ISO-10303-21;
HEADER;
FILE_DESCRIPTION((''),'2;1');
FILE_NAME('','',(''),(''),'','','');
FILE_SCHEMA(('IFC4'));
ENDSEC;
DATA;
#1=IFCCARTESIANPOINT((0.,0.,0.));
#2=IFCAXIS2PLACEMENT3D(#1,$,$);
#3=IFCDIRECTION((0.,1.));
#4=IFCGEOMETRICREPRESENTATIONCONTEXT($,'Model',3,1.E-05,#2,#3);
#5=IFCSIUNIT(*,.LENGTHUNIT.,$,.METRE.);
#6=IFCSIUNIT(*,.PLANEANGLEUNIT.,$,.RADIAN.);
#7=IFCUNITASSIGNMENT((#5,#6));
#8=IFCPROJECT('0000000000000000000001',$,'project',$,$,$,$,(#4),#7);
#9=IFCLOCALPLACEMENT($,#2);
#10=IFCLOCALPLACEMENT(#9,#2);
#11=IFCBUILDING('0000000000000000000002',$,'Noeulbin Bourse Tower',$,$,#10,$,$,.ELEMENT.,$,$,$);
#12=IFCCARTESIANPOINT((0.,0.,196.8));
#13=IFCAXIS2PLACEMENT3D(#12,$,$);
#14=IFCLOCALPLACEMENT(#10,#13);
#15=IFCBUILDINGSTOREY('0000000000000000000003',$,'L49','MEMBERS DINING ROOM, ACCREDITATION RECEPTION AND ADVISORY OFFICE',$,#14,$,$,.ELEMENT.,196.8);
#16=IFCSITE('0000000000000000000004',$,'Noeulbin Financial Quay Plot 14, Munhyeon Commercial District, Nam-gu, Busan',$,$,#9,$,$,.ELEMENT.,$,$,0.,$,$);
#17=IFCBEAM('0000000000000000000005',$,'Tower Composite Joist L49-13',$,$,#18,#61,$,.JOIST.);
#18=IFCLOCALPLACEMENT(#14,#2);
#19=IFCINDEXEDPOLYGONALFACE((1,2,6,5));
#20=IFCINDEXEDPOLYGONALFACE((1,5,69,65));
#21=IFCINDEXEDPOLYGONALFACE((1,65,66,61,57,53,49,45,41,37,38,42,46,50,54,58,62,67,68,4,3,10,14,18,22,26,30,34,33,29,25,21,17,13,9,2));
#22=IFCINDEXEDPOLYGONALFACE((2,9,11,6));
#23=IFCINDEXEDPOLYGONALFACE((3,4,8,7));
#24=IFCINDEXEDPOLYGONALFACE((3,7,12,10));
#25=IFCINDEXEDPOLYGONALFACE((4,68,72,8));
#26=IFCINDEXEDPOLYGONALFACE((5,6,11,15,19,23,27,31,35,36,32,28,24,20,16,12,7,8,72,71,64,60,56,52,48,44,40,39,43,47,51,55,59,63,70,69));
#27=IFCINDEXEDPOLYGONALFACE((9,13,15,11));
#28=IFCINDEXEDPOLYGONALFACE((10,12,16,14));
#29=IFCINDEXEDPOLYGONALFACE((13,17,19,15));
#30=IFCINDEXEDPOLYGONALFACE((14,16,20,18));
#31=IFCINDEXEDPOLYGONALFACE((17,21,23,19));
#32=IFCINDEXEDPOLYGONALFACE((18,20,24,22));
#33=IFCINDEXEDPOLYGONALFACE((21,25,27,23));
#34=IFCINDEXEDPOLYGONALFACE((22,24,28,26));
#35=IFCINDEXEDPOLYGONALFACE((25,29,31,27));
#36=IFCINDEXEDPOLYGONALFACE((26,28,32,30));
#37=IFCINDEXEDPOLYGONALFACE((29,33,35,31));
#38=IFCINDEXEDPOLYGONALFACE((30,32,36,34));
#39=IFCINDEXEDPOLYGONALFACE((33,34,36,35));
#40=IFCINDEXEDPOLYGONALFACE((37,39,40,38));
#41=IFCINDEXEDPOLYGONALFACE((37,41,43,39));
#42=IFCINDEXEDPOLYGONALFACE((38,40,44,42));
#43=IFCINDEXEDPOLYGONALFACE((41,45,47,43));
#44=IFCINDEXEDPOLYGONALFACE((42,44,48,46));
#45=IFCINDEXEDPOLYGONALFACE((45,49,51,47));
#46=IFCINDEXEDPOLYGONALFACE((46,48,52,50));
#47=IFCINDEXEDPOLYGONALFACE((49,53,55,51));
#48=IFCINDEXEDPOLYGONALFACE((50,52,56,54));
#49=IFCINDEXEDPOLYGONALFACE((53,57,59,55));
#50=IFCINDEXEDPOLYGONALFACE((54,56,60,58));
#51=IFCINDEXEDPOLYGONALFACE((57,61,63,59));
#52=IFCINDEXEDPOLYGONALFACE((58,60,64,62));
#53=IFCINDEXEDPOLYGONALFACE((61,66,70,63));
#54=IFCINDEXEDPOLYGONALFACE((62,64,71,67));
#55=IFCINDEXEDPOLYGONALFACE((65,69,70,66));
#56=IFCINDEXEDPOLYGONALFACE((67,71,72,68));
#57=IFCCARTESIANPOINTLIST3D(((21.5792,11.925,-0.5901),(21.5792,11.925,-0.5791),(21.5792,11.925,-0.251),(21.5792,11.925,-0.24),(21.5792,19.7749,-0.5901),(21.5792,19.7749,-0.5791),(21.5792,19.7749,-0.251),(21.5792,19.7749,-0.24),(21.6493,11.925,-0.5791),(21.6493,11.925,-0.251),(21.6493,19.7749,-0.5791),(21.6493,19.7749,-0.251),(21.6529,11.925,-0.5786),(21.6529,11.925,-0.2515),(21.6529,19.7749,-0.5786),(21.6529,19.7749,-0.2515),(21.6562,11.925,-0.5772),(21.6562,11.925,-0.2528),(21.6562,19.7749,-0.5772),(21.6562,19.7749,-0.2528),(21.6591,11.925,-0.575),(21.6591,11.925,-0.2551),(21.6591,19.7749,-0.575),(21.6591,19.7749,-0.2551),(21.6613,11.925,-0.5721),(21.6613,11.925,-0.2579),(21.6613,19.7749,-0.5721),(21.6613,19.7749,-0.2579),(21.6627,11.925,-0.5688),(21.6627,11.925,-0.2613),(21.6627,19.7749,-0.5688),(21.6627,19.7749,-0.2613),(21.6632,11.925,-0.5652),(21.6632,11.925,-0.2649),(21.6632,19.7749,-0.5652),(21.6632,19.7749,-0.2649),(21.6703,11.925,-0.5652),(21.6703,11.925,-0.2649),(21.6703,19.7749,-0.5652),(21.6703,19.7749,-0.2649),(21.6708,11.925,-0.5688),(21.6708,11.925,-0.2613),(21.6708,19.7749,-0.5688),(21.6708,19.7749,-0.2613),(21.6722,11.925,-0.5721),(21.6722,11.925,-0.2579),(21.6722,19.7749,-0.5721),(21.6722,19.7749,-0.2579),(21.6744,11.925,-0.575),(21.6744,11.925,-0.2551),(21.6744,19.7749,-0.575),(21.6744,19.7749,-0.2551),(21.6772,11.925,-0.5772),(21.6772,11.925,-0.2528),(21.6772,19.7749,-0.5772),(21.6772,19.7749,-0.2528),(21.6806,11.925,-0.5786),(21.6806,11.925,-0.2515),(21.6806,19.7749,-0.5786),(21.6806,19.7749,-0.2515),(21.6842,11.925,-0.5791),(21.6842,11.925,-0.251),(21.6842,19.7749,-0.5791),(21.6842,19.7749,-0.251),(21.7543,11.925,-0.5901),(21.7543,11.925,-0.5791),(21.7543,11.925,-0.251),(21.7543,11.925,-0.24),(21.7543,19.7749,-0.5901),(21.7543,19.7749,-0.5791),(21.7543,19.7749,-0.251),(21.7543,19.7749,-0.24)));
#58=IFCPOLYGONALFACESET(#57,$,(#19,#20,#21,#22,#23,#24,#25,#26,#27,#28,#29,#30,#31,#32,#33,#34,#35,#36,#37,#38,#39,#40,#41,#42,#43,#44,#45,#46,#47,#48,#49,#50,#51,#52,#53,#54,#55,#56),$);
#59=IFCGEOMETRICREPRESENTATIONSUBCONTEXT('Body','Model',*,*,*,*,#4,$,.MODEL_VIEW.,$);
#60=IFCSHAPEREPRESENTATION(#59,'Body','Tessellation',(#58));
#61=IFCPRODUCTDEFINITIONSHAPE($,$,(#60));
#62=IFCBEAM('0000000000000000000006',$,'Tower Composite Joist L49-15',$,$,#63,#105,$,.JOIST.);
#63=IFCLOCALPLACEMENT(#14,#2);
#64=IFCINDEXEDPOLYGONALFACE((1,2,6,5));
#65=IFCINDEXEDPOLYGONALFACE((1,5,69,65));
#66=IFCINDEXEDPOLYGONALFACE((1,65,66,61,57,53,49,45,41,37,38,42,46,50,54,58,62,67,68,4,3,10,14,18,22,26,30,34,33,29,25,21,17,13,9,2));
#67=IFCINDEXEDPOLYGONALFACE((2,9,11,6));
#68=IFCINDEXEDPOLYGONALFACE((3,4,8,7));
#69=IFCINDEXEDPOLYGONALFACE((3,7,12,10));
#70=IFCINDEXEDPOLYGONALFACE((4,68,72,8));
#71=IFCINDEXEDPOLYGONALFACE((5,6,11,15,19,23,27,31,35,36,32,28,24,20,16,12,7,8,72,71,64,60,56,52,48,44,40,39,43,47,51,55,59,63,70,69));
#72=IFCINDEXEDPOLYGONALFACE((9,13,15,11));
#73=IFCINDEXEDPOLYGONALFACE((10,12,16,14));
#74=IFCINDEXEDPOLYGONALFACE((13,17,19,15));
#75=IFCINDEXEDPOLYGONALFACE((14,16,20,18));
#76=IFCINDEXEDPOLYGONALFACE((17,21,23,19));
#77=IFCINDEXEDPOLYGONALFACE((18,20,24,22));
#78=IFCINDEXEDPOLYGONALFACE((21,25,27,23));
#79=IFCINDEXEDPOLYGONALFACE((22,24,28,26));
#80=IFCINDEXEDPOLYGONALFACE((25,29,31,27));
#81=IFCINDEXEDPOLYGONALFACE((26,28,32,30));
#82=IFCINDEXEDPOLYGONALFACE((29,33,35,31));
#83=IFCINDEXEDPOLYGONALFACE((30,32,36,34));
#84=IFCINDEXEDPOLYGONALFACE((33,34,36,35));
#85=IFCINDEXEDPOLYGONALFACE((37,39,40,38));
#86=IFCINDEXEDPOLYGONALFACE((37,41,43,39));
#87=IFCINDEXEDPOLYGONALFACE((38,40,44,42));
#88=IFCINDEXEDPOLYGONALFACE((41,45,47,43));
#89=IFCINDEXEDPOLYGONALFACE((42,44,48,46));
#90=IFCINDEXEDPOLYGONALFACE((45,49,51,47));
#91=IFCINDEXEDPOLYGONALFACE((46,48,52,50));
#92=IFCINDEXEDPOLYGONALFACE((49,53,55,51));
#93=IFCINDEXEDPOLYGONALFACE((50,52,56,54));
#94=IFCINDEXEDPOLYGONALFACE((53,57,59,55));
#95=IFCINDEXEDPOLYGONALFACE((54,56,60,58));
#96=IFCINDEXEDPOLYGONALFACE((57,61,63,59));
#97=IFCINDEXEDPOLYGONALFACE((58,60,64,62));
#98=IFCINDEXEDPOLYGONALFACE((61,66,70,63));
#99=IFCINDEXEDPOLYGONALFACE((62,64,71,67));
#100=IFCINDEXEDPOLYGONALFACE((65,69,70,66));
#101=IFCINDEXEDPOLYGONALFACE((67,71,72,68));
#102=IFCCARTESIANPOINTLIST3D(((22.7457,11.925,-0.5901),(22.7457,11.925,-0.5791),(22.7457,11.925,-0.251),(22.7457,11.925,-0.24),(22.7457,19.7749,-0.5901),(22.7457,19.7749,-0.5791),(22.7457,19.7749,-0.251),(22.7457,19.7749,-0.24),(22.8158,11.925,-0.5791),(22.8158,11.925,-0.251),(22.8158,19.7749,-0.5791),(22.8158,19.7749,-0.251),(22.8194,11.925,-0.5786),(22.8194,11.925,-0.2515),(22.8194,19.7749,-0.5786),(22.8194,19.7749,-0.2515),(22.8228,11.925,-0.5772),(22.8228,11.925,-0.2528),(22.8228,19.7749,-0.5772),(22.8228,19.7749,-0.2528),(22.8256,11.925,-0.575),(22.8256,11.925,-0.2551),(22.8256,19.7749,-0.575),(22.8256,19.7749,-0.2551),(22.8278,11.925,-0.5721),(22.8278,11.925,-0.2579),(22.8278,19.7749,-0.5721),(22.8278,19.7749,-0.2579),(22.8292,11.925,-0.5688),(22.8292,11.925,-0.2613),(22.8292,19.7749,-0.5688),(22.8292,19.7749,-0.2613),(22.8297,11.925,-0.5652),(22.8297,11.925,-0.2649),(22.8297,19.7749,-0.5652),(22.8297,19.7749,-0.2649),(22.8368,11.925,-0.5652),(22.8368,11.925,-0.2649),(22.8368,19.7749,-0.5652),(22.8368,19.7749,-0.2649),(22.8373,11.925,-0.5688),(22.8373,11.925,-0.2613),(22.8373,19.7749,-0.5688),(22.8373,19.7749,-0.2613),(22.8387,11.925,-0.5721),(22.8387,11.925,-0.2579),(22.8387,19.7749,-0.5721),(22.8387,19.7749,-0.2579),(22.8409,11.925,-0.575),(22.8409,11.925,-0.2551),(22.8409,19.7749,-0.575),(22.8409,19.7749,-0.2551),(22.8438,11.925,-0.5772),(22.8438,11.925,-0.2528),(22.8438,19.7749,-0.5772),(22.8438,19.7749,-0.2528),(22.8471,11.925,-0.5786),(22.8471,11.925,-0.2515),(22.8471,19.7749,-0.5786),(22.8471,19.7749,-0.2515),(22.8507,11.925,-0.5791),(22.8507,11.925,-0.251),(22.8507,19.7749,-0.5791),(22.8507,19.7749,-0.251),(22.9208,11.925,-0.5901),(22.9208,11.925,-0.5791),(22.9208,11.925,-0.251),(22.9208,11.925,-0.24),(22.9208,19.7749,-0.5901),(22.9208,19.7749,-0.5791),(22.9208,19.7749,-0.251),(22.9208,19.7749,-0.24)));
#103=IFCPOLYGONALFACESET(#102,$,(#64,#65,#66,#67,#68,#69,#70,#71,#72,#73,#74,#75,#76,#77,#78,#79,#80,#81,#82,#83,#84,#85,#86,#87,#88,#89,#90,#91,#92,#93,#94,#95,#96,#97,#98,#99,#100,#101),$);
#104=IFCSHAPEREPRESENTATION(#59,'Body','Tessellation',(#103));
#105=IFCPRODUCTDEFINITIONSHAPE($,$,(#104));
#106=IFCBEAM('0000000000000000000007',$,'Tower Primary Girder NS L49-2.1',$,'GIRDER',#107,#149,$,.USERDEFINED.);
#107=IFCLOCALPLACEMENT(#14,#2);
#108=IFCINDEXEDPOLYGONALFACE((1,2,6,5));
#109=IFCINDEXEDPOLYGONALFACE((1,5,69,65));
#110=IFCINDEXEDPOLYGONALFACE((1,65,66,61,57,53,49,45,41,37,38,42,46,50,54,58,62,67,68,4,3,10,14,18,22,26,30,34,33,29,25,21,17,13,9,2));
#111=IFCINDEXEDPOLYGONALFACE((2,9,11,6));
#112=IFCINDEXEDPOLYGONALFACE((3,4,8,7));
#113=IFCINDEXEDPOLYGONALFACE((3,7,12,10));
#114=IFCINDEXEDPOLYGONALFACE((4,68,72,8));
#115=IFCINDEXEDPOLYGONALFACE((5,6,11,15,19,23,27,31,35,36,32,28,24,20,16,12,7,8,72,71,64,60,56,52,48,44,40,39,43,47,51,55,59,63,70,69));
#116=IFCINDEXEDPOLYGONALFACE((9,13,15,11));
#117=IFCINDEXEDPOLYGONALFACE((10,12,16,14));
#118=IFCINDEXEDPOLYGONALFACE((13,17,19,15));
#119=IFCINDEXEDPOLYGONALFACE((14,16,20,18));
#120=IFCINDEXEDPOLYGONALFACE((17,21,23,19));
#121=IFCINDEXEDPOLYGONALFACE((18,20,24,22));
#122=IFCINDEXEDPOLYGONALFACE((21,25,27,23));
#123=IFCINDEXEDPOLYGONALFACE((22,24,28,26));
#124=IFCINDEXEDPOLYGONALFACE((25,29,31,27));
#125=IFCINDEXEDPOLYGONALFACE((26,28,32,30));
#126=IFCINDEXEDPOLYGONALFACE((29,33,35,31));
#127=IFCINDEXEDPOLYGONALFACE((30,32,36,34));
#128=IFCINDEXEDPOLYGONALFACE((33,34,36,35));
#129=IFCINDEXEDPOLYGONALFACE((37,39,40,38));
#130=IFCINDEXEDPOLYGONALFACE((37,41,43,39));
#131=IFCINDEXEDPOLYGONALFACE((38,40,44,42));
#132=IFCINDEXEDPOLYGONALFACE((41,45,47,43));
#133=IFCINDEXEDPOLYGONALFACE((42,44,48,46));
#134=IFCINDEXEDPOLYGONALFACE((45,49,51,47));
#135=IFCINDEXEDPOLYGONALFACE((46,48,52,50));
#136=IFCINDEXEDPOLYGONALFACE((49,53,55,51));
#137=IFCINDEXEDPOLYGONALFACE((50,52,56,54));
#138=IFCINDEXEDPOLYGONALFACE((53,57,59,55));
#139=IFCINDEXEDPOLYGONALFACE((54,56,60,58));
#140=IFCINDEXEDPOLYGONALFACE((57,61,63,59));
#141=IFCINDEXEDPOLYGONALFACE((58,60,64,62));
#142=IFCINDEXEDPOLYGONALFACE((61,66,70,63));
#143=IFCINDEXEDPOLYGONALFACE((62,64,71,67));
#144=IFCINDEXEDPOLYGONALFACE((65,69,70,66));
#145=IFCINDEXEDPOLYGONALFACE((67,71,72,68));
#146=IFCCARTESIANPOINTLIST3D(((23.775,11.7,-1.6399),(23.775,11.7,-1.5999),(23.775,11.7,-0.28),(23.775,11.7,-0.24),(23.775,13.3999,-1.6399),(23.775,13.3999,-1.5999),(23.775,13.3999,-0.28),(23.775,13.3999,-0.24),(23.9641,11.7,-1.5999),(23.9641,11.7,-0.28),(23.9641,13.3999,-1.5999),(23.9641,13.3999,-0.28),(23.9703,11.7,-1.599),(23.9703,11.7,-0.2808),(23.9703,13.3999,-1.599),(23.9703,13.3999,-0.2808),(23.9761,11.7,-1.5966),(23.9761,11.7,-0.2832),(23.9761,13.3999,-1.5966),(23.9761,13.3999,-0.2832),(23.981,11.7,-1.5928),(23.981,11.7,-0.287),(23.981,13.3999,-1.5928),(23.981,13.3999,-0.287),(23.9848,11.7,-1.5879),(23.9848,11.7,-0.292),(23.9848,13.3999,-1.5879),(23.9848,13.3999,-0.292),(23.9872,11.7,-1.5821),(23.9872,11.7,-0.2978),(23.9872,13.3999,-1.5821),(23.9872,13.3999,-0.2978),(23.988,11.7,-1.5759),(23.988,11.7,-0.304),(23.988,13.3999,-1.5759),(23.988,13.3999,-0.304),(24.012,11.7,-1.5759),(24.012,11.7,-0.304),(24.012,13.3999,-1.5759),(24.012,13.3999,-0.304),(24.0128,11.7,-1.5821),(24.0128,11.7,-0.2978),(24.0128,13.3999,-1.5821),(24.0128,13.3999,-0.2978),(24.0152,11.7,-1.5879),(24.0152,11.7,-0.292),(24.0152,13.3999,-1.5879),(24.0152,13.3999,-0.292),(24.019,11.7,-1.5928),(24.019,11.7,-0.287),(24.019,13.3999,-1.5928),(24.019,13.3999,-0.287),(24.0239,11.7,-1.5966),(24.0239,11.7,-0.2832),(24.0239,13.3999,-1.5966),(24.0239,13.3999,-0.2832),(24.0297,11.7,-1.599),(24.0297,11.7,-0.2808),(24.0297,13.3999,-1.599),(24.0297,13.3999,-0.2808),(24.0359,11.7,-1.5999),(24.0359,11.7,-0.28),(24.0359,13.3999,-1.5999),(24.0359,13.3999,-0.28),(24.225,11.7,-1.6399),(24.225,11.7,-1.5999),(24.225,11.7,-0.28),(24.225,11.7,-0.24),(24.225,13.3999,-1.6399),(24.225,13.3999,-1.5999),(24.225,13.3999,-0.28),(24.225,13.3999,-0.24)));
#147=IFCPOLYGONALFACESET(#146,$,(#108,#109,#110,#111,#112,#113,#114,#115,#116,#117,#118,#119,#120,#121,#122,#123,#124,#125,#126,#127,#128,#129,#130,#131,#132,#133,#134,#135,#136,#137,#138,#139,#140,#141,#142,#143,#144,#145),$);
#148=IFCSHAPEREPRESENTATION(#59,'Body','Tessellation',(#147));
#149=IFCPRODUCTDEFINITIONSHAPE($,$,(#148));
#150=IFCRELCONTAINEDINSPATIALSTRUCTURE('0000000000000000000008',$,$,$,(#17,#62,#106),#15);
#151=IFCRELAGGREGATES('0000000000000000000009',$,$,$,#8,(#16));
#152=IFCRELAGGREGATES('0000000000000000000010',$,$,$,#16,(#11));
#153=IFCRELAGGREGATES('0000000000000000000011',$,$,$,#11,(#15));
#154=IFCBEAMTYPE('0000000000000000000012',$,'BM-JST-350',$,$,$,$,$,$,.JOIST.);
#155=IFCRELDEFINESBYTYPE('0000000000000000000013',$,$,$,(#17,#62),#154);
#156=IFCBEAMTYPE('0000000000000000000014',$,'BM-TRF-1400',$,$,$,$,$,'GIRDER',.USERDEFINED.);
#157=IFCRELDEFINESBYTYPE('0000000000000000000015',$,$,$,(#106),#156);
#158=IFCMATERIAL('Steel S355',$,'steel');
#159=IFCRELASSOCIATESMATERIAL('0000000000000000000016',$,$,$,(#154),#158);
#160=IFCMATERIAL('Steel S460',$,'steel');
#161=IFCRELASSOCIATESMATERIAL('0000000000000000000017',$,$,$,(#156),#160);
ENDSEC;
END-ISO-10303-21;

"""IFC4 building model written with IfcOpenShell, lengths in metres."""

from ifc_helpers import new_model, si_unit, direction, frame, origin, origin_2d, place, context, subcontext, project, spatial, i_section, extrude, material, material_profile, profile_set, type_object, element, save


model = new_model("IFC4")

# Units and contexts
model_context = context("Model", 3, precision=1e-05, world=origin(), true_north=direction((0.0, 1.0)))
body_context = subcontext(model_context, "Body", "Model", "MODEL_VIEW")
ifc_project = project(units=[si_unit("LENGTHUNIT", "METRE"), si_unit("PLANEANGLEUNIT", "RADIAN")], contexts=[model_context])

# Site, building, storey
site_placement = place(None, origin())
site = spatial("IfcSite", under=ifc_project, at=site_placement, Name="Noeulbin Financial Quay Plot 14, Munhyeon Commercial District, Nam-gu, Busan", CompositionType="ELEMENT", RefElevation=0.0)
building_placement = place(site_placement, origin())
building = spatial("IfcBuilding", under=site, at=building_placement, Name="Noeulbin Bourse Tower", CompositionType="ELEMENT")
storey_placement = place(building_placement, frame((0.0, 0.0, 196.8)))
storey = spatial("IfcBuildingStorey", under=building, at=storey_placement, Name="L49", Description="MEMBERS DINING ROOM, ACCREDITATION RECEPTION AND ADVISORY OFFICE", CompositionType="ELEMENT", Elevation=196.8)

# Shared definitions
ifc_material_1 = material(Name="Steel S355", Category="steel")

# Beams
ifc_material_profile_1 = material_profile(ifc_material_1, i_section(OverallWidth=0.175, OverallDepth=0.3501, WebThickness=0.0071, FlangeThickness=0.011, FilletRadius=0.0139, at=origin_2d()), Name="H-350x175x7x11", Category="LoadBearing")
ifc_profile_set_1 = profile_set([ifc_material_profile_1], Name="Steel S355")
beam_type_1 = type_object("IfcBeamType", Name="BM-JST-350", PredefinedType="JOIST", material=ifc_profile_set_1)
for number, where, z_axis, x_axis, name in (
    (1, (21.6667, 11.925, -0.415), (0.0, 1.0, 0.0), (-1.0, 0.0, 0.0), "Tower Composite Joist L49-13"),
    (2, (22.8333, 11.925, -0.415), (0.0, 1.0, 0.0), (-1.0, 0.0, 0.0), "Tower Composite Joist L49-15"),
):
    element("IfcBeam", number, at=place(storey_placement, frame(where, z_axis=z_axis, x_axis=x_axis)), inside=storey, type_object=beam_type_1, Name=name, PredefinedType="JOIST", context=body_context, shape_type="SweptSolid", body=[
        extrude(i_section(OverallWidth=0.175, OverallDepth=0.3501, WebThickness=0.0071, FlangeThickness=0.011, FilletRadius=0.0139, at=origin_2d()), origin(), (0.0, 0.0, 1.0), 7.8499),
    ])
ifc_material_2 = material(Name="Steel S460", Category="steel")
ifc_material_profile_2 = material_profile(ifc_material_2, i_section(OverallWidth=0.45, OverallDepth=1.3999, WebThickness=0.0239, FlangeThickness=0.04, FilletRadius=0.0239, at=origin_2d()), Name="PG-1400x450x24x40", Category="LoadBearing")
ifc_profile_set_2 = profile_set([ifc_material_profile_2], Name="Steel S460")
beam_type_2 = type_object("IfcBeamType", Name="BM-TRF-1400", ElementType="GIRDER", PredefinedType="USERDEFINED", material=ifc_profile_set_2)
beam_placement = place(storey_placement, frame((24.0, 11.7, -0.9399), z_axis=(0.0, 1.0, 0.0), x_axis=(-1.0, 0.0, 0.0)))
element("IfcBeam", 3, at=beam_placement, inside=storey, type_object=beam_type_2, Name="Tower Primary Girder NS L49-2.1", ObjectType="GIRDER", PredefinedType="USERDEFINED", context=body_context, shape_type="SweptSolid", body=[
    extrude(i_section(OverallWidth=0.45, OverallDepth=1.3999, WebThickness=0.0239, FlangeThickness=0.04, FilletRadius=0.0239, at=origin_2d()), origin(), (0.0, 0.0, 1.0), 1.7),
])

save(model, "model.ifc")
